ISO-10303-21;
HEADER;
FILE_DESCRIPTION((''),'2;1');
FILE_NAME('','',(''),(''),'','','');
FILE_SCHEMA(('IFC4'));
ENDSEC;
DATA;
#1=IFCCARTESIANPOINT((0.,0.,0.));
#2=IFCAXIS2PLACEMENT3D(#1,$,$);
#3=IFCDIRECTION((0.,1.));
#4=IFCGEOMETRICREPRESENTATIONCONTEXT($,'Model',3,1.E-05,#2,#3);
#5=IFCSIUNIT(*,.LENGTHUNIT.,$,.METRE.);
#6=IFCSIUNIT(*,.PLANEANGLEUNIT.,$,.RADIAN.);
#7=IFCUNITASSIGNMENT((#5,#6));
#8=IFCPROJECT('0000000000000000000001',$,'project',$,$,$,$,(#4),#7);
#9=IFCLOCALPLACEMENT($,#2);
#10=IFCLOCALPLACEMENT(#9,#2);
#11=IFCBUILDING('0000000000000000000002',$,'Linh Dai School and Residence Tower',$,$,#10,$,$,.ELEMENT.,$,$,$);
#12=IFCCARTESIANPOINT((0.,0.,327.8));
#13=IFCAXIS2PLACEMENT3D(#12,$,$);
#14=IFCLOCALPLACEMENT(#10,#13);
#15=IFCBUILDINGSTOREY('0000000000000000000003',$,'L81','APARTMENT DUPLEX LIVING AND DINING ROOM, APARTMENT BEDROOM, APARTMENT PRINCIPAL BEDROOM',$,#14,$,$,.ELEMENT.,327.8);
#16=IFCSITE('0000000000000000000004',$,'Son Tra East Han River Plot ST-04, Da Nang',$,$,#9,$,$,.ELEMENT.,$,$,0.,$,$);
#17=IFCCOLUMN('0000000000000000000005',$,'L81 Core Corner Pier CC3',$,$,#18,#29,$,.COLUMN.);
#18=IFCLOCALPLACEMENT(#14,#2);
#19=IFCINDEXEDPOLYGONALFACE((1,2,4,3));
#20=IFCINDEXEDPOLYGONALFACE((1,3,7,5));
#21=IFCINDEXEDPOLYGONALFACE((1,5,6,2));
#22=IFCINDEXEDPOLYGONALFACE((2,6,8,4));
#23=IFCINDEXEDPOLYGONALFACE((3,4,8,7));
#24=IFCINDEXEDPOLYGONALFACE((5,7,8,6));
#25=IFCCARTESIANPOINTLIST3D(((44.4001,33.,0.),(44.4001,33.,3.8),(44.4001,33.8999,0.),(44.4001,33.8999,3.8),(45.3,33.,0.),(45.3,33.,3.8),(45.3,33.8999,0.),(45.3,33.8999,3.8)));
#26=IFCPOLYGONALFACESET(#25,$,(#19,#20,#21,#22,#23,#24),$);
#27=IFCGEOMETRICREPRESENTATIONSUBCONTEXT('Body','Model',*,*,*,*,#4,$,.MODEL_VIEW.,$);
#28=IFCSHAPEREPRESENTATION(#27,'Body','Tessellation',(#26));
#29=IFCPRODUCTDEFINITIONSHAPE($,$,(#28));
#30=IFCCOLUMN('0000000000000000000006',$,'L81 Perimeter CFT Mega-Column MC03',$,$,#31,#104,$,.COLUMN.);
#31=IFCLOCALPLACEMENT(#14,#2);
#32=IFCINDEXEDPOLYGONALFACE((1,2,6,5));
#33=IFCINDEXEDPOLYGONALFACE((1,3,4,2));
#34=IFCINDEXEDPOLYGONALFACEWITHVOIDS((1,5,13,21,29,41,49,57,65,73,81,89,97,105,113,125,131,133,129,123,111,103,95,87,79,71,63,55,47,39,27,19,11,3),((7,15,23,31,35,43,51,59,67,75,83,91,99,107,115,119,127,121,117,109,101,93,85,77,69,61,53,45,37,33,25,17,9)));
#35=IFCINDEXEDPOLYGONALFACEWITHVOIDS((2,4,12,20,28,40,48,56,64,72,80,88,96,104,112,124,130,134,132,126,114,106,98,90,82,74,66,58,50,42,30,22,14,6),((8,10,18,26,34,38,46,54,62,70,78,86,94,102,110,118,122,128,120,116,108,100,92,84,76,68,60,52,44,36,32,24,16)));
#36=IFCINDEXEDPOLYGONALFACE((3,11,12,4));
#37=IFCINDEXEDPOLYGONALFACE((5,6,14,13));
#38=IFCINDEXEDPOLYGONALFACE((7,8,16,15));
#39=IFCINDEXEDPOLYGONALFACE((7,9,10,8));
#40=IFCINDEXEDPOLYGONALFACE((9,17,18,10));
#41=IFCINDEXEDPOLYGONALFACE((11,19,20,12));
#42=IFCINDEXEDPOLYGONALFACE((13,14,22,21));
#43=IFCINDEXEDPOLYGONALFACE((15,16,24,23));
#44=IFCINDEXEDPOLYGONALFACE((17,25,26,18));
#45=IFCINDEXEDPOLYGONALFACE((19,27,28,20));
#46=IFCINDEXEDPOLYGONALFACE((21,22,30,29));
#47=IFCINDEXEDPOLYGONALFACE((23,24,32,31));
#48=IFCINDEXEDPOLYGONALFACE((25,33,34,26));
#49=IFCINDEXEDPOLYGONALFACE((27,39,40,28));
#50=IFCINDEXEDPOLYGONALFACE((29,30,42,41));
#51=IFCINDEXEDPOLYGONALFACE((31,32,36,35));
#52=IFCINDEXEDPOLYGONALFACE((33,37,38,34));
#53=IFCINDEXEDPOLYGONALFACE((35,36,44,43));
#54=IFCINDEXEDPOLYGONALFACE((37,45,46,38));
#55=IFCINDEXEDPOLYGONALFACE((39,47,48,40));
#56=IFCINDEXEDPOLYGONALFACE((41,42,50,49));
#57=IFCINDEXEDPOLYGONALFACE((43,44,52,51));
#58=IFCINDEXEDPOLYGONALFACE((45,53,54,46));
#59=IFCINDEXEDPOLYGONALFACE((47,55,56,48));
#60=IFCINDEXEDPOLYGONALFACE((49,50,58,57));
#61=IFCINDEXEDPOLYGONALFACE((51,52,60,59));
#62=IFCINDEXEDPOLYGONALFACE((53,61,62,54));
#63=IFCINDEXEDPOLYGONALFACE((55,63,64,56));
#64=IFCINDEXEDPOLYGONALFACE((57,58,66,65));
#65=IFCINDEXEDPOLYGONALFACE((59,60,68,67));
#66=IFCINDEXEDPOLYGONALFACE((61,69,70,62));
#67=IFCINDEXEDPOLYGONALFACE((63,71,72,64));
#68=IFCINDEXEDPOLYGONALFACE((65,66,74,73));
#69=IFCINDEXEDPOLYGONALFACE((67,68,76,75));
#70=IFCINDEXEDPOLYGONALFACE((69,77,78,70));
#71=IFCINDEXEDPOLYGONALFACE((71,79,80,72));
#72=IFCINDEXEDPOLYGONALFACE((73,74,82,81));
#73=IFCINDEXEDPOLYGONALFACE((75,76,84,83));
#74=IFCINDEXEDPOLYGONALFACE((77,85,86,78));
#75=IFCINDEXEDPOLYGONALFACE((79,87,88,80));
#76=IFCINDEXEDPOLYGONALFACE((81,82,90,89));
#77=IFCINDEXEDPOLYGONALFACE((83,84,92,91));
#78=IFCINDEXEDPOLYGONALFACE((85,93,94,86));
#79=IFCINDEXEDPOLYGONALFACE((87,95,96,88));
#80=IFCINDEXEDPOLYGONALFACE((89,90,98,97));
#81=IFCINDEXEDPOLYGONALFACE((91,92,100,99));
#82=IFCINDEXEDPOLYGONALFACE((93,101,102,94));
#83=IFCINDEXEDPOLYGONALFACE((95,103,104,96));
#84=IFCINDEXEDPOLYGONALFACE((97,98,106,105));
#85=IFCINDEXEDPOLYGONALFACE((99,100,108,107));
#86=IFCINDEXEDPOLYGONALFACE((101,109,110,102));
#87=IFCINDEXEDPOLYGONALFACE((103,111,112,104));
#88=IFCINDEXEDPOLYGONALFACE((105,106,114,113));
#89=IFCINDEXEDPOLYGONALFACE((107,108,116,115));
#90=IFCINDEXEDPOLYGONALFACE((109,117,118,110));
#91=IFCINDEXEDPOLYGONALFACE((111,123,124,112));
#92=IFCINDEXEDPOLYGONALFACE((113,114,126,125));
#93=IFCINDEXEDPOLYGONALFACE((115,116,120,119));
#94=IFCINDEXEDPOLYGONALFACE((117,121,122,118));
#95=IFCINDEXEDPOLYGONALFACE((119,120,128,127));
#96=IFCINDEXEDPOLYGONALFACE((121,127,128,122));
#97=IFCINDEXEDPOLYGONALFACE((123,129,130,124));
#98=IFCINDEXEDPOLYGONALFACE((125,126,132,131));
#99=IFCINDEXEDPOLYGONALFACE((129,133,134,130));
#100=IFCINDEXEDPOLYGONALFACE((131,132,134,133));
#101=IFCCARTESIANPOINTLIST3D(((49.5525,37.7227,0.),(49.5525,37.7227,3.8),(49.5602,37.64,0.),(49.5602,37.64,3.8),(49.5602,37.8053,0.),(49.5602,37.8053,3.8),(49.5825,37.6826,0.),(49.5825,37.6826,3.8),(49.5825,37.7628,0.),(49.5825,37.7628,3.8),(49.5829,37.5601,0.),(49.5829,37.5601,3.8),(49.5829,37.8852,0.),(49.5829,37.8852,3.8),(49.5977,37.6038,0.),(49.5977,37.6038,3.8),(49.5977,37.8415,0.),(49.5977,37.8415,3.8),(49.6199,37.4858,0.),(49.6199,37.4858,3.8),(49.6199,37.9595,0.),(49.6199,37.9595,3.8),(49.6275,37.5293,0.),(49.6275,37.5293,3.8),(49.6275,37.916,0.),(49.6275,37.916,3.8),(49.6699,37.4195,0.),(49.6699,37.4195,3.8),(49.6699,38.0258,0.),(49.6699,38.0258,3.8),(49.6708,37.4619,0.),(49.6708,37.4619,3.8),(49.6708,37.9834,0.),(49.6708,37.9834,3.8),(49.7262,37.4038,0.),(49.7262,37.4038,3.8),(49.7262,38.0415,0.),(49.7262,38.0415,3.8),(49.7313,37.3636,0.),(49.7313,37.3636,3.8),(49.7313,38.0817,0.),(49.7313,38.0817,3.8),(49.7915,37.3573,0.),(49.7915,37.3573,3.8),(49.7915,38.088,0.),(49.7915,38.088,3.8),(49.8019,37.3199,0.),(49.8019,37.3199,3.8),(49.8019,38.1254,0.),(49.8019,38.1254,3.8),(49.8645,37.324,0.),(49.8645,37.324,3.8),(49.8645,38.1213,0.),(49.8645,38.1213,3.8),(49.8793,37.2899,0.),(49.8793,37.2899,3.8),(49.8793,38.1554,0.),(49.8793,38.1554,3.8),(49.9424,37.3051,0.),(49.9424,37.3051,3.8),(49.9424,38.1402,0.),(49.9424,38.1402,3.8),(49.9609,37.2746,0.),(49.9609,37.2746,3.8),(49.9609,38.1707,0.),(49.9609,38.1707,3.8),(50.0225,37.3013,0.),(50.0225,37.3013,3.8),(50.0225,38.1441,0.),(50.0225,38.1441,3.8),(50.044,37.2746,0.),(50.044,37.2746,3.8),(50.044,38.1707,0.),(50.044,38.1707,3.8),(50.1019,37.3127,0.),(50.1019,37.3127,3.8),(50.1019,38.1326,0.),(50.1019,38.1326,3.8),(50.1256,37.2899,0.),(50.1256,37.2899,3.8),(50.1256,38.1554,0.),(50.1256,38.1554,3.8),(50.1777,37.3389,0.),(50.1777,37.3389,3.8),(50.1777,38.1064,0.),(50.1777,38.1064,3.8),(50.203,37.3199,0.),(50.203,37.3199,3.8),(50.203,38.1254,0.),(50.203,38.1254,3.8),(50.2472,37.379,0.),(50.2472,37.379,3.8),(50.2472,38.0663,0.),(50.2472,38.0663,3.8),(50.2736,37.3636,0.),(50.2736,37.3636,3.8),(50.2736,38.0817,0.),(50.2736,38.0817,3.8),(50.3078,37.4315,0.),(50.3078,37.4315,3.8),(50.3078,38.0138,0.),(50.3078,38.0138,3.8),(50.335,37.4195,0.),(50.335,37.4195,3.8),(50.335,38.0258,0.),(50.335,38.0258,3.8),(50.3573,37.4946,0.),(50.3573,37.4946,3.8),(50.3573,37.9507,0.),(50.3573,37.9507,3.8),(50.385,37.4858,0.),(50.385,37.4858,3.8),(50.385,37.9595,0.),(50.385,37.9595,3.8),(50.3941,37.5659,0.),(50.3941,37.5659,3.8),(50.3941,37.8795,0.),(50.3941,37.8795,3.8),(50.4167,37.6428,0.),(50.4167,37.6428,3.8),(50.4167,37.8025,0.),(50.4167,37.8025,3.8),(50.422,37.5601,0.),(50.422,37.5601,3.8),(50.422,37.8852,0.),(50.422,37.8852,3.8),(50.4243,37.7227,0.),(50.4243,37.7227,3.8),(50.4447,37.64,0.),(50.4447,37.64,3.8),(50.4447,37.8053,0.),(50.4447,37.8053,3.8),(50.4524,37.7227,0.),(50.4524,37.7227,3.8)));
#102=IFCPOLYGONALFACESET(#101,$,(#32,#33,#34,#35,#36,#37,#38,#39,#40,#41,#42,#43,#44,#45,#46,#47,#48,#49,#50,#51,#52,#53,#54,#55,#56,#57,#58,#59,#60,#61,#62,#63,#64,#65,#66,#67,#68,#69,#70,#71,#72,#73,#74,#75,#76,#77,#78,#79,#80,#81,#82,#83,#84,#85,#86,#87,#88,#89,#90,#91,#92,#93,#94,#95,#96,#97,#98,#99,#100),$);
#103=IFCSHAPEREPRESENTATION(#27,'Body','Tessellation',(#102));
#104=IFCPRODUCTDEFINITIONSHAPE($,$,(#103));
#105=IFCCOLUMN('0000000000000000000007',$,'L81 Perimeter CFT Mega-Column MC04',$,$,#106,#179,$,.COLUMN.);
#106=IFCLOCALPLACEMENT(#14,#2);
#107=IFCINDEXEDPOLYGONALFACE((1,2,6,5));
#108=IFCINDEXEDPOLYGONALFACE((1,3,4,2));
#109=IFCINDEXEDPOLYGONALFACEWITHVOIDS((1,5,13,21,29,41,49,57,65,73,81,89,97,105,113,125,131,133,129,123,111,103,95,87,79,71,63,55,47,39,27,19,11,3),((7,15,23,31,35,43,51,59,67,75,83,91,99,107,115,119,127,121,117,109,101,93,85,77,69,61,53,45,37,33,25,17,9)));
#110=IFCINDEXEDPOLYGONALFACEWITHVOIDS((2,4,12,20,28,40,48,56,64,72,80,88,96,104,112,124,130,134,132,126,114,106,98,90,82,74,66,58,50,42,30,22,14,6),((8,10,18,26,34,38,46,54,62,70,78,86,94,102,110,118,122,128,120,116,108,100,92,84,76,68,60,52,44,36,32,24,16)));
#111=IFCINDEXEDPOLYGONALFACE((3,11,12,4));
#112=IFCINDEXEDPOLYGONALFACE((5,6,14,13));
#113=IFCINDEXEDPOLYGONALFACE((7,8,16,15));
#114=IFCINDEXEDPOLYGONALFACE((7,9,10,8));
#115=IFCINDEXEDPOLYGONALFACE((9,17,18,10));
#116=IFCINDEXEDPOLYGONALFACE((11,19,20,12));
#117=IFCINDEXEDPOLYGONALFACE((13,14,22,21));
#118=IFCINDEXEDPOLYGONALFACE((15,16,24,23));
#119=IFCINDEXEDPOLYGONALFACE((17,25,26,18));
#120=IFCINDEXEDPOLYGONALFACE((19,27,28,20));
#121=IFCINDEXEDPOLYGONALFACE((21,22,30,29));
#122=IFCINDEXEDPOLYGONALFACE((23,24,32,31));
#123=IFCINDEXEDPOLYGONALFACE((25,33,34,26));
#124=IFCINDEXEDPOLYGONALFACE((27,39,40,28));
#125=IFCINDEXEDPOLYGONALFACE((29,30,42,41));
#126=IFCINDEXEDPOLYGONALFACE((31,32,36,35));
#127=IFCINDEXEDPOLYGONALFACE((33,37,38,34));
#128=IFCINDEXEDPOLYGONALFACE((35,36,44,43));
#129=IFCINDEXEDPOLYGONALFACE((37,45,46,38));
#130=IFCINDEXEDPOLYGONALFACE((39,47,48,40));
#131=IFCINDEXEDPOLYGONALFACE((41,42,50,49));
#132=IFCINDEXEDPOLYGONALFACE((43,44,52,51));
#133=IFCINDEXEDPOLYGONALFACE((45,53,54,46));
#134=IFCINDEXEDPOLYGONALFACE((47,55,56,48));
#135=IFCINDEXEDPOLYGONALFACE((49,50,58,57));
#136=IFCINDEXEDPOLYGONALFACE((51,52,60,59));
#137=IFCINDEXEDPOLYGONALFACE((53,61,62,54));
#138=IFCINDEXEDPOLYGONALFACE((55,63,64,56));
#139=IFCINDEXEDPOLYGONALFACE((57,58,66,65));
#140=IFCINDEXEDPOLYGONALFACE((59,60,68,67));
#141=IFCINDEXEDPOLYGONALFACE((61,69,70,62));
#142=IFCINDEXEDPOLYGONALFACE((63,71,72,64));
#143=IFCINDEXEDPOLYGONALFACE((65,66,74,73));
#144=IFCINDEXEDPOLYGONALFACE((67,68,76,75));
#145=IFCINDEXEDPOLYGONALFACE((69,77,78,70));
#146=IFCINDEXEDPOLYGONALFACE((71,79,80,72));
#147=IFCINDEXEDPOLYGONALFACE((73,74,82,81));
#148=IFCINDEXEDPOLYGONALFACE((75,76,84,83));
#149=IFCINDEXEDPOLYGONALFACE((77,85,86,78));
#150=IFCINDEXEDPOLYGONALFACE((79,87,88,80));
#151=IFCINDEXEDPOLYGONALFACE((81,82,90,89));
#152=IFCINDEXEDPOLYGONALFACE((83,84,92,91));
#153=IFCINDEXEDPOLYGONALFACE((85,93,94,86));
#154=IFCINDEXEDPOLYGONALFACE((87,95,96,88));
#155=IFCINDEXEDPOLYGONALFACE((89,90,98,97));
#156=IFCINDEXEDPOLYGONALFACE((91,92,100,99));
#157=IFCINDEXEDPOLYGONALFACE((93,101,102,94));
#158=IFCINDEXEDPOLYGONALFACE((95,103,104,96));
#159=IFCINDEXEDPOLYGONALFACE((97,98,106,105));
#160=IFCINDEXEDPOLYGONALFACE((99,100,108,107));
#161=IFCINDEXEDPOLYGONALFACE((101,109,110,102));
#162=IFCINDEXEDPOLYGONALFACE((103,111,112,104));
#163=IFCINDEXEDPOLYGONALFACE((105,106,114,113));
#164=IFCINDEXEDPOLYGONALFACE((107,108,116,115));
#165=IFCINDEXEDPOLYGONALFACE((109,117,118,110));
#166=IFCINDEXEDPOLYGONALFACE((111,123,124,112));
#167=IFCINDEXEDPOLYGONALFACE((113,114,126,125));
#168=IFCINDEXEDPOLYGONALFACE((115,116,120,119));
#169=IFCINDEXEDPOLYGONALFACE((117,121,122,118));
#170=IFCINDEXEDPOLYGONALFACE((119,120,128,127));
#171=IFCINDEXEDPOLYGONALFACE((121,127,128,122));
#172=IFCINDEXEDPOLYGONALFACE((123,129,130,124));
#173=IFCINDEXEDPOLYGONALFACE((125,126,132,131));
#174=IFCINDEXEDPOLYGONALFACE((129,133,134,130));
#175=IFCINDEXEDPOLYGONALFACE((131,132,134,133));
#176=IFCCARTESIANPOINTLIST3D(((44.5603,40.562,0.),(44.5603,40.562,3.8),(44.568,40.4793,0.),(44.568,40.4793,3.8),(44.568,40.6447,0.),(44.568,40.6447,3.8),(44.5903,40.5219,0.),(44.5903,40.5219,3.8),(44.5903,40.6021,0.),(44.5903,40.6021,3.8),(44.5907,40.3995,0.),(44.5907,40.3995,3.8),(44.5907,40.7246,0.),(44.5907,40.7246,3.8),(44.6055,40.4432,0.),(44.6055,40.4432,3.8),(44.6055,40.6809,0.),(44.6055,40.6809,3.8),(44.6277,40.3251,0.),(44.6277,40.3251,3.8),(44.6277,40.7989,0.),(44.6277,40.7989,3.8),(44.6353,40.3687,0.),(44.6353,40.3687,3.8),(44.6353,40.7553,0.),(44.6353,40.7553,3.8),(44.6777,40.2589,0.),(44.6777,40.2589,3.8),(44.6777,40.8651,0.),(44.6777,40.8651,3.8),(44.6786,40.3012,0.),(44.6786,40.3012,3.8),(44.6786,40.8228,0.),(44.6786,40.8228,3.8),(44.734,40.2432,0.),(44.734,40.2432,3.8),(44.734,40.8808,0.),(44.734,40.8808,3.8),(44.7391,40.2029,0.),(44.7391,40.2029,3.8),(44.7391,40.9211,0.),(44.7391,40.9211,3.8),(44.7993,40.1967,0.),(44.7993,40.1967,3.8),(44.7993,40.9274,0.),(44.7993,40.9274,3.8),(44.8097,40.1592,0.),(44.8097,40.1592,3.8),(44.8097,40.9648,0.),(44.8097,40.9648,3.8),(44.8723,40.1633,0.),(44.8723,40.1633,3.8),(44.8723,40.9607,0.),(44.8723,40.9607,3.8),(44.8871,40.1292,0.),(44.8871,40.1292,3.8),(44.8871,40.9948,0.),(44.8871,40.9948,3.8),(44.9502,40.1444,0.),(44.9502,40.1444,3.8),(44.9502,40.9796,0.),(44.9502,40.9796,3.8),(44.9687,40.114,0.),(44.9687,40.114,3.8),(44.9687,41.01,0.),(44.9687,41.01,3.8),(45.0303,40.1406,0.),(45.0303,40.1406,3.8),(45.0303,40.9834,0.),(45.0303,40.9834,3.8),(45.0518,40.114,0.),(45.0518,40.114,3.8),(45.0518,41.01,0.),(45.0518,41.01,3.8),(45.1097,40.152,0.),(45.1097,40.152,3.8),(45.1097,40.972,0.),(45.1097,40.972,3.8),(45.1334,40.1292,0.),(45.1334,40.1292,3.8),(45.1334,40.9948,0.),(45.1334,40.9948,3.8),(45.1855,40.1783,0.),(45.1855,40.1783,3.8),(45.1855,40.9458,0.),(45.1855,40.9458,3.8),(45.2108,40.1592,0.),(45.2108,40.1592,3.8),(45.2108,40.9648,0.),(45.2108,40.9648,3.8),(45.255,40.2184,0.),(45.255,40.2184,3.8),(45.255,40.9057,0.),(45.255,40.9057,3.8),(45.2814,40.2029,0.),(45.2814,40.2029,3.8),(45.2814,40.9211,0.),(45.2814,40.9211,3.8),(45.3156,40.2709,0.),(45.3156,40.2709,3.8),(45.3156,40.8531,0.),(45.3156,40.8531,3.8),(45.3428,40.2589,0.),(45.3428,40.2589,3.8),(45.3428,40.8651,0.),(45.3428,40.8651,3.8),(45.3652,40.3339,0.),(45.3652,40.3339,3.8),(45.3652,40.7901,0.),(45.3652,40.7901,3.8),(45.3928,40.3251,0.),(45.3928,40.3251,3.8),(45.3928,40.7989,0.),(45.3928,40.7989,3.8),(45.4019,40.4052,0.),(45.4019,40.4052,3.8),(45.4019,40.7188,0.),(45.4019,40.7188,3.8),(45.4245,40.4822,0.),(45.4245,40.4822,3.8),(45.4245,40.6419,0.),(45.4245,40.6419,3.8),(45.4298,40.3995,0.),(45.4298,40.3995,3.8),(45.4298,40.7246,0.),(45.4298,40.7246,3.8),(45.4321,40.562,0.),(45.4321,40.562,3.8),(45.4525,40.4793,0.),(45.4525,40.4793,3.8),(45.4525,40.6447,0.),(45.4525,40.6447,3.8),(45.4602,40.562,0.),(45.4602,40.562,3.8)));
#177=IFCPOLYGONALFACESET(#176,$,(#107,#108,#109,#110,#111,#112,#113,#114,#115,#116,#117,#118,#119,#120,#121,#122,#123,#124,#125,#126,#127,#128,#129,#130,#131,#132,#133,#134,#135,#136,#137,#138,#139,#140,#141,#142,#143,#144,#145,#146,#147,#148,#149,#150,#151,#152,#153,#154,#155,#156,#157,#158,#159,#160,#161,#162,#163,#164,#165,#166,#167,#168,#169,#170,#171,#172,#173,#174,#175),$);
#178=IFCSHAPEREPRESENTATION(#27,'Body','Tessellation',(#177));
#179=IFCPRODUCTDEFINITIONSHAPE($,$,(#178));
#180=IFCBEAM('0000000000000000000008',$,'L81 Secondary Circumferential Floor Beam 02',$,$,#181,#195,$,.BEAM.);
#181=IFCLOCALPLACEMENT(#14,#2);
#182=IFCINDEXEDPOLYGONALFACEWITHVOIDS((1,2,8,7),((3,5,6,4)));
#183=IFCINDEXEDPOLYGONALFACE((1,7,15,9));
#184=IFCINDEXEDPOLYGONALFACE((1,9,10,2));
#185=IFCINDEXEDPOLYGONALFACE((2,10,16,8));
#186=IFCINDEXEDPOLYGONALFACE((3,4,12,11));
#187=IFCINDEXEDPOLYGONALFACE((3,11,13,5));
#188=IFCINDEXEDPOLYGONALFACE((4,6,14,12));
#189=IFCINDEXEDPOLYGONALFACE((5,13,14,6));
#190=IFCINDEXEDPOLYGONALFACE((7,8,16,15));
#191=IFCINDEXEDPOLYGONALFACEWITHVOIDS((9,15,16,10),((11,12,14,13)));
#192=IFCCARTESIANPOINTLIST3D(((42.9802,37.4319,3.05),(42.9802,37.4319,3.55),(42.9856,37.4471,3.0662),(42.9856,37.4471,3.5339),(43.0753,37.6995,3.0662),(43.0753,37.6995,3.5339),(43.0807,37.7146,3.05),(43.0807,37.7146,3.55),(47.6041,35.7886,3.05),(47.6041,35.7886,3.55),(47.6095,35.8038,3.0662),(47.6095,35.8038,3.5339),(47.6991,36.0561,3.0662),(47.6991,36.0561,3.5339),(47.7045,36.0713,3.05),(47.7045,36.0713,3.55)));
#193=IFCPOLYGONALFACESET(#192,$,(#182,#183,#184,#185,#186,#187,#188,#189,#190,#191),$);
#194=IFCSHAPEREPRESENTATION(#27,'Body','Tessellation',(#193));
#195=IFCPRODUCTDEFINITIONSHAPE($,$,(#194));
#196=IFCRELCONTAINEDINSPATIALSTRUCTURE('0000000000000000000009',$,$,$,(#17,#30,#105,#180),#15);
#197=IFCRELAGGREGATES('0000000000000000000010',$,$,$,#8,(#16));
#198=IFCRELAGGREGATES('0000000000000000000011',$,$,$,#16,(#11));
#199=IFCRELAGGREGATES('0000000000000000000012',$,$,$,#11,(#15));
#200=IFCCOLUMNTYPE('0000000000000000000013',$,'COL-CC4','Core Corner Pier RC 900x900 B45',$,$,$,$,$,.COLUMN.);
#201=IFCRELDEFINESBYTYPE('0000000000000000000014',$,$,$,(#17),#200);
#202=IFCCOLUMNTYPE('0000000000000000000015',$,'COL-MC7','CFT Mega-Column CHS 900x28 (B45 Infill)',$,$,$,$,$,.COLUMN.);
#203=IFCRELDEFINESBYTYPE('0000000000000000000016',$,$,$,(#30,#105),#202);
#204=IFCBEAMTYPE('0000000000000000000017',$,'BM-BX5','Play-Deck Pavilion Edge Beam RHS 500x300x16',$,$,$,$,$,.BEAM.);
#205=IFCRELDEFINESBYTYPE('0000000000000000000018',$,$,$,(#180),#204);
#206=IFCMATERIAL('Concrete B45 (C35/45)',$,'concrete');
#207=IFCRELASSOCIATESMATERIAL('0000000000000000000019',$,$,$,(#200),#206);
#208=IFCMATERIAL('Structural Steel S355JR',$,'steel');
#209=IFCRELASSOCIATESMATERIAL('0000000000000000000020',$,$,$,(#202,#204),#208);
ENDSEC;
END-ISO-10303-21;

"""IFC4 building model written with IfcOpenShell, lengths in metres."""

from ifc_helpers import new_model, si_unit, direction, frame, origin, origin_2d, place, context, subcontext, project, spatial, rectangle, hollow_rectangle, hollow_circle, extrude, material, material_profile, profile_set, type_object, element, save


model = new_model("IFC4")

# Units and contexts
model_context = context("Model", 3, precision=1e-05, world=origin(), true_north=direction((0.0, 1.0)))
body_context = subcontext(model_context, "Body", "Model", "MODEL_VIEW")
ifc_project = project(units=[si_unit("LENGTHUNIT", "METRE"), si_unit("PLANEANGLEUNIT", "RADIAN")], contexts=[model_context])

# Site, building, storey
site_placement = place(None, origin())
site = spatial("IfcSite", under=ifc_project, at=site_placement, Name="Son Tra East Han River Plot ST-04, Da Nang", CompositionType="ELEMENT", RefElevation=0.0)
building_placement = place(site_placement, origin())
building = spatial("IfcBuilding", under=site, at=building_placement, Name="Linh Dai School and Residence Tower", CompositionType="ELEMENT")
storey_placement = place(building_placement, frame((0.0, 0.0, 327.8)))
storey = spatial("IfcBuildingStorey", under=building, at=storey_placement, Name="L81", Description="APARTMENT DUPLEX LIVING AND DINING ROOM, APARTMENT BEDROOM, APARTMENT PRINCIPAL BEDROOM", CompositionType="ELEMENT", Elevation=327.8)

# Columns
ifc_material_1 = material(Name="Concrete B45 (C35/45)", Category="concrete")
ifc_material_profile_1 = material_profile(ifc_material_1, rectangle(XDim=0.8999, YDim=0.8999, at=origin_2d()), Name="RC 900x900")
ifc_profile_set_1 = profile_set([ifc_material_profile_1], Name="Concrete B45 (C35/45)")
column_type_1 = type_object("IfcColumnType", Name="COL-CC4", Description="Core Corner Pier RC 900x900 B45", PredefinedType="COLUMN", material=ifc_profile_set_1)
column_placement = place(storey_placement, frame((44.8501, 33.45, 0.0), z_axis=(0.0, 0.0, 1.0), x_axis=(1.0, 0.0, 0.0)))
element("IfcColumn", 1, at=column_placement, inside=storey, type_object=column_type_1, Name="L81 Core Corner Pier CC3", PredefinedType="COLUMN", context=body_context, shape_type="SweptSolid", body=[
    extrude(rectangle(XDim=0.8999, YDim=0.8999, at=origin_2d()), origin(), (0.0, 0.0, 1.0), 3.8),
])
ifc_material_2 = material(Name="Structural Steel S355JR", Category="steel")
ifc_material_profile_2 = material_profile(ifc_material_2, hollow_circle(Radius=0.45, WallThickness=0.0281, at=origin_2d()), Name="CHS 900x28")
ifc_profile_set_2 = profile_set([ifc_material_profile_2], Name="Structural Steel S355JR")
column_type_2 = type_object("IfcColumnType", Name="COL-MC7", Description="CFT Mega-Column CHS 900x28 (B45 Infill)", PredefinedType="COLUMN", material=ifc_profile_set_2)
for number, where, z_axis, x_axis, name in (
    (2, (50.0024, 37.7227, 0.0), (0.0, 0.0, 1.0), (1.0, 0.0, 0.0), "L81 Perimeter CFT Mega-Column MC03"),
    (3, (45.0103, 40.562, 0.0), (0.0, 0.0, 1.0), (1.0, 0.0, 0.0), "L81 Perimeter CFT Mega-Column MC04"),
):
    element("IfcColumn", number, at=place(storey_placement, frame(where, z_axis=z_axis, x_axis=x_axis)), inside=storey, type_object=column_type_2, Name=name, PredefinedType="COLUMN", context=body_context, shape_type="SweptSolid", body=[
        extrude(hollow_circle(Radius=0.45, WallThickness=0.0281, at=origin_2d()), origin(), (0.0, 0.0, 1.0), 3.8),
    ])

# Beam
ifc_material_profile_3 = material_profile(ifc_material_2, hollow_rectangle(XDim=0.3, YDim=0.5, WallThickness=0.0161, at=origin_2d()), Name="RHS 500x300x16")
ifc_profile_set_3 = profile_set([ifc_material_profile_3], Name="Structural Steel S355JR")
beam_type_1 = type_object("IfcBeamType", Name="BM-BX5", Description="Play-Deck Pavilion Edge Beam RHS 500x300x16", PredefinedType="BEAM", material=ifc_profile_set_3)
beam_1_placement = place(storey_placement, frame((47.6543, 35.9299, 3.3), z_axis=(-0.94226, 0.334883, 0.0), x_axis=(-0.334883, -0.94226, 0.0)))
element("IfcBeam", 4, at=beam_1_placement, inside=storey, type_object=beam_type_1, Name="L81 Secondary Circumferential Floor Beam 02", PredefinedType="BEAM", context=body_context, shape_type="SweptSolid", body=[
    extrude(hollow_rectangle(XDim=0.3, YDim=0.5, WallThickness=0.0161, at=origin_2d()), origin(), (0.0, 0.0, 1.0), 4.9072),
])

save(model, "model.ifc")
